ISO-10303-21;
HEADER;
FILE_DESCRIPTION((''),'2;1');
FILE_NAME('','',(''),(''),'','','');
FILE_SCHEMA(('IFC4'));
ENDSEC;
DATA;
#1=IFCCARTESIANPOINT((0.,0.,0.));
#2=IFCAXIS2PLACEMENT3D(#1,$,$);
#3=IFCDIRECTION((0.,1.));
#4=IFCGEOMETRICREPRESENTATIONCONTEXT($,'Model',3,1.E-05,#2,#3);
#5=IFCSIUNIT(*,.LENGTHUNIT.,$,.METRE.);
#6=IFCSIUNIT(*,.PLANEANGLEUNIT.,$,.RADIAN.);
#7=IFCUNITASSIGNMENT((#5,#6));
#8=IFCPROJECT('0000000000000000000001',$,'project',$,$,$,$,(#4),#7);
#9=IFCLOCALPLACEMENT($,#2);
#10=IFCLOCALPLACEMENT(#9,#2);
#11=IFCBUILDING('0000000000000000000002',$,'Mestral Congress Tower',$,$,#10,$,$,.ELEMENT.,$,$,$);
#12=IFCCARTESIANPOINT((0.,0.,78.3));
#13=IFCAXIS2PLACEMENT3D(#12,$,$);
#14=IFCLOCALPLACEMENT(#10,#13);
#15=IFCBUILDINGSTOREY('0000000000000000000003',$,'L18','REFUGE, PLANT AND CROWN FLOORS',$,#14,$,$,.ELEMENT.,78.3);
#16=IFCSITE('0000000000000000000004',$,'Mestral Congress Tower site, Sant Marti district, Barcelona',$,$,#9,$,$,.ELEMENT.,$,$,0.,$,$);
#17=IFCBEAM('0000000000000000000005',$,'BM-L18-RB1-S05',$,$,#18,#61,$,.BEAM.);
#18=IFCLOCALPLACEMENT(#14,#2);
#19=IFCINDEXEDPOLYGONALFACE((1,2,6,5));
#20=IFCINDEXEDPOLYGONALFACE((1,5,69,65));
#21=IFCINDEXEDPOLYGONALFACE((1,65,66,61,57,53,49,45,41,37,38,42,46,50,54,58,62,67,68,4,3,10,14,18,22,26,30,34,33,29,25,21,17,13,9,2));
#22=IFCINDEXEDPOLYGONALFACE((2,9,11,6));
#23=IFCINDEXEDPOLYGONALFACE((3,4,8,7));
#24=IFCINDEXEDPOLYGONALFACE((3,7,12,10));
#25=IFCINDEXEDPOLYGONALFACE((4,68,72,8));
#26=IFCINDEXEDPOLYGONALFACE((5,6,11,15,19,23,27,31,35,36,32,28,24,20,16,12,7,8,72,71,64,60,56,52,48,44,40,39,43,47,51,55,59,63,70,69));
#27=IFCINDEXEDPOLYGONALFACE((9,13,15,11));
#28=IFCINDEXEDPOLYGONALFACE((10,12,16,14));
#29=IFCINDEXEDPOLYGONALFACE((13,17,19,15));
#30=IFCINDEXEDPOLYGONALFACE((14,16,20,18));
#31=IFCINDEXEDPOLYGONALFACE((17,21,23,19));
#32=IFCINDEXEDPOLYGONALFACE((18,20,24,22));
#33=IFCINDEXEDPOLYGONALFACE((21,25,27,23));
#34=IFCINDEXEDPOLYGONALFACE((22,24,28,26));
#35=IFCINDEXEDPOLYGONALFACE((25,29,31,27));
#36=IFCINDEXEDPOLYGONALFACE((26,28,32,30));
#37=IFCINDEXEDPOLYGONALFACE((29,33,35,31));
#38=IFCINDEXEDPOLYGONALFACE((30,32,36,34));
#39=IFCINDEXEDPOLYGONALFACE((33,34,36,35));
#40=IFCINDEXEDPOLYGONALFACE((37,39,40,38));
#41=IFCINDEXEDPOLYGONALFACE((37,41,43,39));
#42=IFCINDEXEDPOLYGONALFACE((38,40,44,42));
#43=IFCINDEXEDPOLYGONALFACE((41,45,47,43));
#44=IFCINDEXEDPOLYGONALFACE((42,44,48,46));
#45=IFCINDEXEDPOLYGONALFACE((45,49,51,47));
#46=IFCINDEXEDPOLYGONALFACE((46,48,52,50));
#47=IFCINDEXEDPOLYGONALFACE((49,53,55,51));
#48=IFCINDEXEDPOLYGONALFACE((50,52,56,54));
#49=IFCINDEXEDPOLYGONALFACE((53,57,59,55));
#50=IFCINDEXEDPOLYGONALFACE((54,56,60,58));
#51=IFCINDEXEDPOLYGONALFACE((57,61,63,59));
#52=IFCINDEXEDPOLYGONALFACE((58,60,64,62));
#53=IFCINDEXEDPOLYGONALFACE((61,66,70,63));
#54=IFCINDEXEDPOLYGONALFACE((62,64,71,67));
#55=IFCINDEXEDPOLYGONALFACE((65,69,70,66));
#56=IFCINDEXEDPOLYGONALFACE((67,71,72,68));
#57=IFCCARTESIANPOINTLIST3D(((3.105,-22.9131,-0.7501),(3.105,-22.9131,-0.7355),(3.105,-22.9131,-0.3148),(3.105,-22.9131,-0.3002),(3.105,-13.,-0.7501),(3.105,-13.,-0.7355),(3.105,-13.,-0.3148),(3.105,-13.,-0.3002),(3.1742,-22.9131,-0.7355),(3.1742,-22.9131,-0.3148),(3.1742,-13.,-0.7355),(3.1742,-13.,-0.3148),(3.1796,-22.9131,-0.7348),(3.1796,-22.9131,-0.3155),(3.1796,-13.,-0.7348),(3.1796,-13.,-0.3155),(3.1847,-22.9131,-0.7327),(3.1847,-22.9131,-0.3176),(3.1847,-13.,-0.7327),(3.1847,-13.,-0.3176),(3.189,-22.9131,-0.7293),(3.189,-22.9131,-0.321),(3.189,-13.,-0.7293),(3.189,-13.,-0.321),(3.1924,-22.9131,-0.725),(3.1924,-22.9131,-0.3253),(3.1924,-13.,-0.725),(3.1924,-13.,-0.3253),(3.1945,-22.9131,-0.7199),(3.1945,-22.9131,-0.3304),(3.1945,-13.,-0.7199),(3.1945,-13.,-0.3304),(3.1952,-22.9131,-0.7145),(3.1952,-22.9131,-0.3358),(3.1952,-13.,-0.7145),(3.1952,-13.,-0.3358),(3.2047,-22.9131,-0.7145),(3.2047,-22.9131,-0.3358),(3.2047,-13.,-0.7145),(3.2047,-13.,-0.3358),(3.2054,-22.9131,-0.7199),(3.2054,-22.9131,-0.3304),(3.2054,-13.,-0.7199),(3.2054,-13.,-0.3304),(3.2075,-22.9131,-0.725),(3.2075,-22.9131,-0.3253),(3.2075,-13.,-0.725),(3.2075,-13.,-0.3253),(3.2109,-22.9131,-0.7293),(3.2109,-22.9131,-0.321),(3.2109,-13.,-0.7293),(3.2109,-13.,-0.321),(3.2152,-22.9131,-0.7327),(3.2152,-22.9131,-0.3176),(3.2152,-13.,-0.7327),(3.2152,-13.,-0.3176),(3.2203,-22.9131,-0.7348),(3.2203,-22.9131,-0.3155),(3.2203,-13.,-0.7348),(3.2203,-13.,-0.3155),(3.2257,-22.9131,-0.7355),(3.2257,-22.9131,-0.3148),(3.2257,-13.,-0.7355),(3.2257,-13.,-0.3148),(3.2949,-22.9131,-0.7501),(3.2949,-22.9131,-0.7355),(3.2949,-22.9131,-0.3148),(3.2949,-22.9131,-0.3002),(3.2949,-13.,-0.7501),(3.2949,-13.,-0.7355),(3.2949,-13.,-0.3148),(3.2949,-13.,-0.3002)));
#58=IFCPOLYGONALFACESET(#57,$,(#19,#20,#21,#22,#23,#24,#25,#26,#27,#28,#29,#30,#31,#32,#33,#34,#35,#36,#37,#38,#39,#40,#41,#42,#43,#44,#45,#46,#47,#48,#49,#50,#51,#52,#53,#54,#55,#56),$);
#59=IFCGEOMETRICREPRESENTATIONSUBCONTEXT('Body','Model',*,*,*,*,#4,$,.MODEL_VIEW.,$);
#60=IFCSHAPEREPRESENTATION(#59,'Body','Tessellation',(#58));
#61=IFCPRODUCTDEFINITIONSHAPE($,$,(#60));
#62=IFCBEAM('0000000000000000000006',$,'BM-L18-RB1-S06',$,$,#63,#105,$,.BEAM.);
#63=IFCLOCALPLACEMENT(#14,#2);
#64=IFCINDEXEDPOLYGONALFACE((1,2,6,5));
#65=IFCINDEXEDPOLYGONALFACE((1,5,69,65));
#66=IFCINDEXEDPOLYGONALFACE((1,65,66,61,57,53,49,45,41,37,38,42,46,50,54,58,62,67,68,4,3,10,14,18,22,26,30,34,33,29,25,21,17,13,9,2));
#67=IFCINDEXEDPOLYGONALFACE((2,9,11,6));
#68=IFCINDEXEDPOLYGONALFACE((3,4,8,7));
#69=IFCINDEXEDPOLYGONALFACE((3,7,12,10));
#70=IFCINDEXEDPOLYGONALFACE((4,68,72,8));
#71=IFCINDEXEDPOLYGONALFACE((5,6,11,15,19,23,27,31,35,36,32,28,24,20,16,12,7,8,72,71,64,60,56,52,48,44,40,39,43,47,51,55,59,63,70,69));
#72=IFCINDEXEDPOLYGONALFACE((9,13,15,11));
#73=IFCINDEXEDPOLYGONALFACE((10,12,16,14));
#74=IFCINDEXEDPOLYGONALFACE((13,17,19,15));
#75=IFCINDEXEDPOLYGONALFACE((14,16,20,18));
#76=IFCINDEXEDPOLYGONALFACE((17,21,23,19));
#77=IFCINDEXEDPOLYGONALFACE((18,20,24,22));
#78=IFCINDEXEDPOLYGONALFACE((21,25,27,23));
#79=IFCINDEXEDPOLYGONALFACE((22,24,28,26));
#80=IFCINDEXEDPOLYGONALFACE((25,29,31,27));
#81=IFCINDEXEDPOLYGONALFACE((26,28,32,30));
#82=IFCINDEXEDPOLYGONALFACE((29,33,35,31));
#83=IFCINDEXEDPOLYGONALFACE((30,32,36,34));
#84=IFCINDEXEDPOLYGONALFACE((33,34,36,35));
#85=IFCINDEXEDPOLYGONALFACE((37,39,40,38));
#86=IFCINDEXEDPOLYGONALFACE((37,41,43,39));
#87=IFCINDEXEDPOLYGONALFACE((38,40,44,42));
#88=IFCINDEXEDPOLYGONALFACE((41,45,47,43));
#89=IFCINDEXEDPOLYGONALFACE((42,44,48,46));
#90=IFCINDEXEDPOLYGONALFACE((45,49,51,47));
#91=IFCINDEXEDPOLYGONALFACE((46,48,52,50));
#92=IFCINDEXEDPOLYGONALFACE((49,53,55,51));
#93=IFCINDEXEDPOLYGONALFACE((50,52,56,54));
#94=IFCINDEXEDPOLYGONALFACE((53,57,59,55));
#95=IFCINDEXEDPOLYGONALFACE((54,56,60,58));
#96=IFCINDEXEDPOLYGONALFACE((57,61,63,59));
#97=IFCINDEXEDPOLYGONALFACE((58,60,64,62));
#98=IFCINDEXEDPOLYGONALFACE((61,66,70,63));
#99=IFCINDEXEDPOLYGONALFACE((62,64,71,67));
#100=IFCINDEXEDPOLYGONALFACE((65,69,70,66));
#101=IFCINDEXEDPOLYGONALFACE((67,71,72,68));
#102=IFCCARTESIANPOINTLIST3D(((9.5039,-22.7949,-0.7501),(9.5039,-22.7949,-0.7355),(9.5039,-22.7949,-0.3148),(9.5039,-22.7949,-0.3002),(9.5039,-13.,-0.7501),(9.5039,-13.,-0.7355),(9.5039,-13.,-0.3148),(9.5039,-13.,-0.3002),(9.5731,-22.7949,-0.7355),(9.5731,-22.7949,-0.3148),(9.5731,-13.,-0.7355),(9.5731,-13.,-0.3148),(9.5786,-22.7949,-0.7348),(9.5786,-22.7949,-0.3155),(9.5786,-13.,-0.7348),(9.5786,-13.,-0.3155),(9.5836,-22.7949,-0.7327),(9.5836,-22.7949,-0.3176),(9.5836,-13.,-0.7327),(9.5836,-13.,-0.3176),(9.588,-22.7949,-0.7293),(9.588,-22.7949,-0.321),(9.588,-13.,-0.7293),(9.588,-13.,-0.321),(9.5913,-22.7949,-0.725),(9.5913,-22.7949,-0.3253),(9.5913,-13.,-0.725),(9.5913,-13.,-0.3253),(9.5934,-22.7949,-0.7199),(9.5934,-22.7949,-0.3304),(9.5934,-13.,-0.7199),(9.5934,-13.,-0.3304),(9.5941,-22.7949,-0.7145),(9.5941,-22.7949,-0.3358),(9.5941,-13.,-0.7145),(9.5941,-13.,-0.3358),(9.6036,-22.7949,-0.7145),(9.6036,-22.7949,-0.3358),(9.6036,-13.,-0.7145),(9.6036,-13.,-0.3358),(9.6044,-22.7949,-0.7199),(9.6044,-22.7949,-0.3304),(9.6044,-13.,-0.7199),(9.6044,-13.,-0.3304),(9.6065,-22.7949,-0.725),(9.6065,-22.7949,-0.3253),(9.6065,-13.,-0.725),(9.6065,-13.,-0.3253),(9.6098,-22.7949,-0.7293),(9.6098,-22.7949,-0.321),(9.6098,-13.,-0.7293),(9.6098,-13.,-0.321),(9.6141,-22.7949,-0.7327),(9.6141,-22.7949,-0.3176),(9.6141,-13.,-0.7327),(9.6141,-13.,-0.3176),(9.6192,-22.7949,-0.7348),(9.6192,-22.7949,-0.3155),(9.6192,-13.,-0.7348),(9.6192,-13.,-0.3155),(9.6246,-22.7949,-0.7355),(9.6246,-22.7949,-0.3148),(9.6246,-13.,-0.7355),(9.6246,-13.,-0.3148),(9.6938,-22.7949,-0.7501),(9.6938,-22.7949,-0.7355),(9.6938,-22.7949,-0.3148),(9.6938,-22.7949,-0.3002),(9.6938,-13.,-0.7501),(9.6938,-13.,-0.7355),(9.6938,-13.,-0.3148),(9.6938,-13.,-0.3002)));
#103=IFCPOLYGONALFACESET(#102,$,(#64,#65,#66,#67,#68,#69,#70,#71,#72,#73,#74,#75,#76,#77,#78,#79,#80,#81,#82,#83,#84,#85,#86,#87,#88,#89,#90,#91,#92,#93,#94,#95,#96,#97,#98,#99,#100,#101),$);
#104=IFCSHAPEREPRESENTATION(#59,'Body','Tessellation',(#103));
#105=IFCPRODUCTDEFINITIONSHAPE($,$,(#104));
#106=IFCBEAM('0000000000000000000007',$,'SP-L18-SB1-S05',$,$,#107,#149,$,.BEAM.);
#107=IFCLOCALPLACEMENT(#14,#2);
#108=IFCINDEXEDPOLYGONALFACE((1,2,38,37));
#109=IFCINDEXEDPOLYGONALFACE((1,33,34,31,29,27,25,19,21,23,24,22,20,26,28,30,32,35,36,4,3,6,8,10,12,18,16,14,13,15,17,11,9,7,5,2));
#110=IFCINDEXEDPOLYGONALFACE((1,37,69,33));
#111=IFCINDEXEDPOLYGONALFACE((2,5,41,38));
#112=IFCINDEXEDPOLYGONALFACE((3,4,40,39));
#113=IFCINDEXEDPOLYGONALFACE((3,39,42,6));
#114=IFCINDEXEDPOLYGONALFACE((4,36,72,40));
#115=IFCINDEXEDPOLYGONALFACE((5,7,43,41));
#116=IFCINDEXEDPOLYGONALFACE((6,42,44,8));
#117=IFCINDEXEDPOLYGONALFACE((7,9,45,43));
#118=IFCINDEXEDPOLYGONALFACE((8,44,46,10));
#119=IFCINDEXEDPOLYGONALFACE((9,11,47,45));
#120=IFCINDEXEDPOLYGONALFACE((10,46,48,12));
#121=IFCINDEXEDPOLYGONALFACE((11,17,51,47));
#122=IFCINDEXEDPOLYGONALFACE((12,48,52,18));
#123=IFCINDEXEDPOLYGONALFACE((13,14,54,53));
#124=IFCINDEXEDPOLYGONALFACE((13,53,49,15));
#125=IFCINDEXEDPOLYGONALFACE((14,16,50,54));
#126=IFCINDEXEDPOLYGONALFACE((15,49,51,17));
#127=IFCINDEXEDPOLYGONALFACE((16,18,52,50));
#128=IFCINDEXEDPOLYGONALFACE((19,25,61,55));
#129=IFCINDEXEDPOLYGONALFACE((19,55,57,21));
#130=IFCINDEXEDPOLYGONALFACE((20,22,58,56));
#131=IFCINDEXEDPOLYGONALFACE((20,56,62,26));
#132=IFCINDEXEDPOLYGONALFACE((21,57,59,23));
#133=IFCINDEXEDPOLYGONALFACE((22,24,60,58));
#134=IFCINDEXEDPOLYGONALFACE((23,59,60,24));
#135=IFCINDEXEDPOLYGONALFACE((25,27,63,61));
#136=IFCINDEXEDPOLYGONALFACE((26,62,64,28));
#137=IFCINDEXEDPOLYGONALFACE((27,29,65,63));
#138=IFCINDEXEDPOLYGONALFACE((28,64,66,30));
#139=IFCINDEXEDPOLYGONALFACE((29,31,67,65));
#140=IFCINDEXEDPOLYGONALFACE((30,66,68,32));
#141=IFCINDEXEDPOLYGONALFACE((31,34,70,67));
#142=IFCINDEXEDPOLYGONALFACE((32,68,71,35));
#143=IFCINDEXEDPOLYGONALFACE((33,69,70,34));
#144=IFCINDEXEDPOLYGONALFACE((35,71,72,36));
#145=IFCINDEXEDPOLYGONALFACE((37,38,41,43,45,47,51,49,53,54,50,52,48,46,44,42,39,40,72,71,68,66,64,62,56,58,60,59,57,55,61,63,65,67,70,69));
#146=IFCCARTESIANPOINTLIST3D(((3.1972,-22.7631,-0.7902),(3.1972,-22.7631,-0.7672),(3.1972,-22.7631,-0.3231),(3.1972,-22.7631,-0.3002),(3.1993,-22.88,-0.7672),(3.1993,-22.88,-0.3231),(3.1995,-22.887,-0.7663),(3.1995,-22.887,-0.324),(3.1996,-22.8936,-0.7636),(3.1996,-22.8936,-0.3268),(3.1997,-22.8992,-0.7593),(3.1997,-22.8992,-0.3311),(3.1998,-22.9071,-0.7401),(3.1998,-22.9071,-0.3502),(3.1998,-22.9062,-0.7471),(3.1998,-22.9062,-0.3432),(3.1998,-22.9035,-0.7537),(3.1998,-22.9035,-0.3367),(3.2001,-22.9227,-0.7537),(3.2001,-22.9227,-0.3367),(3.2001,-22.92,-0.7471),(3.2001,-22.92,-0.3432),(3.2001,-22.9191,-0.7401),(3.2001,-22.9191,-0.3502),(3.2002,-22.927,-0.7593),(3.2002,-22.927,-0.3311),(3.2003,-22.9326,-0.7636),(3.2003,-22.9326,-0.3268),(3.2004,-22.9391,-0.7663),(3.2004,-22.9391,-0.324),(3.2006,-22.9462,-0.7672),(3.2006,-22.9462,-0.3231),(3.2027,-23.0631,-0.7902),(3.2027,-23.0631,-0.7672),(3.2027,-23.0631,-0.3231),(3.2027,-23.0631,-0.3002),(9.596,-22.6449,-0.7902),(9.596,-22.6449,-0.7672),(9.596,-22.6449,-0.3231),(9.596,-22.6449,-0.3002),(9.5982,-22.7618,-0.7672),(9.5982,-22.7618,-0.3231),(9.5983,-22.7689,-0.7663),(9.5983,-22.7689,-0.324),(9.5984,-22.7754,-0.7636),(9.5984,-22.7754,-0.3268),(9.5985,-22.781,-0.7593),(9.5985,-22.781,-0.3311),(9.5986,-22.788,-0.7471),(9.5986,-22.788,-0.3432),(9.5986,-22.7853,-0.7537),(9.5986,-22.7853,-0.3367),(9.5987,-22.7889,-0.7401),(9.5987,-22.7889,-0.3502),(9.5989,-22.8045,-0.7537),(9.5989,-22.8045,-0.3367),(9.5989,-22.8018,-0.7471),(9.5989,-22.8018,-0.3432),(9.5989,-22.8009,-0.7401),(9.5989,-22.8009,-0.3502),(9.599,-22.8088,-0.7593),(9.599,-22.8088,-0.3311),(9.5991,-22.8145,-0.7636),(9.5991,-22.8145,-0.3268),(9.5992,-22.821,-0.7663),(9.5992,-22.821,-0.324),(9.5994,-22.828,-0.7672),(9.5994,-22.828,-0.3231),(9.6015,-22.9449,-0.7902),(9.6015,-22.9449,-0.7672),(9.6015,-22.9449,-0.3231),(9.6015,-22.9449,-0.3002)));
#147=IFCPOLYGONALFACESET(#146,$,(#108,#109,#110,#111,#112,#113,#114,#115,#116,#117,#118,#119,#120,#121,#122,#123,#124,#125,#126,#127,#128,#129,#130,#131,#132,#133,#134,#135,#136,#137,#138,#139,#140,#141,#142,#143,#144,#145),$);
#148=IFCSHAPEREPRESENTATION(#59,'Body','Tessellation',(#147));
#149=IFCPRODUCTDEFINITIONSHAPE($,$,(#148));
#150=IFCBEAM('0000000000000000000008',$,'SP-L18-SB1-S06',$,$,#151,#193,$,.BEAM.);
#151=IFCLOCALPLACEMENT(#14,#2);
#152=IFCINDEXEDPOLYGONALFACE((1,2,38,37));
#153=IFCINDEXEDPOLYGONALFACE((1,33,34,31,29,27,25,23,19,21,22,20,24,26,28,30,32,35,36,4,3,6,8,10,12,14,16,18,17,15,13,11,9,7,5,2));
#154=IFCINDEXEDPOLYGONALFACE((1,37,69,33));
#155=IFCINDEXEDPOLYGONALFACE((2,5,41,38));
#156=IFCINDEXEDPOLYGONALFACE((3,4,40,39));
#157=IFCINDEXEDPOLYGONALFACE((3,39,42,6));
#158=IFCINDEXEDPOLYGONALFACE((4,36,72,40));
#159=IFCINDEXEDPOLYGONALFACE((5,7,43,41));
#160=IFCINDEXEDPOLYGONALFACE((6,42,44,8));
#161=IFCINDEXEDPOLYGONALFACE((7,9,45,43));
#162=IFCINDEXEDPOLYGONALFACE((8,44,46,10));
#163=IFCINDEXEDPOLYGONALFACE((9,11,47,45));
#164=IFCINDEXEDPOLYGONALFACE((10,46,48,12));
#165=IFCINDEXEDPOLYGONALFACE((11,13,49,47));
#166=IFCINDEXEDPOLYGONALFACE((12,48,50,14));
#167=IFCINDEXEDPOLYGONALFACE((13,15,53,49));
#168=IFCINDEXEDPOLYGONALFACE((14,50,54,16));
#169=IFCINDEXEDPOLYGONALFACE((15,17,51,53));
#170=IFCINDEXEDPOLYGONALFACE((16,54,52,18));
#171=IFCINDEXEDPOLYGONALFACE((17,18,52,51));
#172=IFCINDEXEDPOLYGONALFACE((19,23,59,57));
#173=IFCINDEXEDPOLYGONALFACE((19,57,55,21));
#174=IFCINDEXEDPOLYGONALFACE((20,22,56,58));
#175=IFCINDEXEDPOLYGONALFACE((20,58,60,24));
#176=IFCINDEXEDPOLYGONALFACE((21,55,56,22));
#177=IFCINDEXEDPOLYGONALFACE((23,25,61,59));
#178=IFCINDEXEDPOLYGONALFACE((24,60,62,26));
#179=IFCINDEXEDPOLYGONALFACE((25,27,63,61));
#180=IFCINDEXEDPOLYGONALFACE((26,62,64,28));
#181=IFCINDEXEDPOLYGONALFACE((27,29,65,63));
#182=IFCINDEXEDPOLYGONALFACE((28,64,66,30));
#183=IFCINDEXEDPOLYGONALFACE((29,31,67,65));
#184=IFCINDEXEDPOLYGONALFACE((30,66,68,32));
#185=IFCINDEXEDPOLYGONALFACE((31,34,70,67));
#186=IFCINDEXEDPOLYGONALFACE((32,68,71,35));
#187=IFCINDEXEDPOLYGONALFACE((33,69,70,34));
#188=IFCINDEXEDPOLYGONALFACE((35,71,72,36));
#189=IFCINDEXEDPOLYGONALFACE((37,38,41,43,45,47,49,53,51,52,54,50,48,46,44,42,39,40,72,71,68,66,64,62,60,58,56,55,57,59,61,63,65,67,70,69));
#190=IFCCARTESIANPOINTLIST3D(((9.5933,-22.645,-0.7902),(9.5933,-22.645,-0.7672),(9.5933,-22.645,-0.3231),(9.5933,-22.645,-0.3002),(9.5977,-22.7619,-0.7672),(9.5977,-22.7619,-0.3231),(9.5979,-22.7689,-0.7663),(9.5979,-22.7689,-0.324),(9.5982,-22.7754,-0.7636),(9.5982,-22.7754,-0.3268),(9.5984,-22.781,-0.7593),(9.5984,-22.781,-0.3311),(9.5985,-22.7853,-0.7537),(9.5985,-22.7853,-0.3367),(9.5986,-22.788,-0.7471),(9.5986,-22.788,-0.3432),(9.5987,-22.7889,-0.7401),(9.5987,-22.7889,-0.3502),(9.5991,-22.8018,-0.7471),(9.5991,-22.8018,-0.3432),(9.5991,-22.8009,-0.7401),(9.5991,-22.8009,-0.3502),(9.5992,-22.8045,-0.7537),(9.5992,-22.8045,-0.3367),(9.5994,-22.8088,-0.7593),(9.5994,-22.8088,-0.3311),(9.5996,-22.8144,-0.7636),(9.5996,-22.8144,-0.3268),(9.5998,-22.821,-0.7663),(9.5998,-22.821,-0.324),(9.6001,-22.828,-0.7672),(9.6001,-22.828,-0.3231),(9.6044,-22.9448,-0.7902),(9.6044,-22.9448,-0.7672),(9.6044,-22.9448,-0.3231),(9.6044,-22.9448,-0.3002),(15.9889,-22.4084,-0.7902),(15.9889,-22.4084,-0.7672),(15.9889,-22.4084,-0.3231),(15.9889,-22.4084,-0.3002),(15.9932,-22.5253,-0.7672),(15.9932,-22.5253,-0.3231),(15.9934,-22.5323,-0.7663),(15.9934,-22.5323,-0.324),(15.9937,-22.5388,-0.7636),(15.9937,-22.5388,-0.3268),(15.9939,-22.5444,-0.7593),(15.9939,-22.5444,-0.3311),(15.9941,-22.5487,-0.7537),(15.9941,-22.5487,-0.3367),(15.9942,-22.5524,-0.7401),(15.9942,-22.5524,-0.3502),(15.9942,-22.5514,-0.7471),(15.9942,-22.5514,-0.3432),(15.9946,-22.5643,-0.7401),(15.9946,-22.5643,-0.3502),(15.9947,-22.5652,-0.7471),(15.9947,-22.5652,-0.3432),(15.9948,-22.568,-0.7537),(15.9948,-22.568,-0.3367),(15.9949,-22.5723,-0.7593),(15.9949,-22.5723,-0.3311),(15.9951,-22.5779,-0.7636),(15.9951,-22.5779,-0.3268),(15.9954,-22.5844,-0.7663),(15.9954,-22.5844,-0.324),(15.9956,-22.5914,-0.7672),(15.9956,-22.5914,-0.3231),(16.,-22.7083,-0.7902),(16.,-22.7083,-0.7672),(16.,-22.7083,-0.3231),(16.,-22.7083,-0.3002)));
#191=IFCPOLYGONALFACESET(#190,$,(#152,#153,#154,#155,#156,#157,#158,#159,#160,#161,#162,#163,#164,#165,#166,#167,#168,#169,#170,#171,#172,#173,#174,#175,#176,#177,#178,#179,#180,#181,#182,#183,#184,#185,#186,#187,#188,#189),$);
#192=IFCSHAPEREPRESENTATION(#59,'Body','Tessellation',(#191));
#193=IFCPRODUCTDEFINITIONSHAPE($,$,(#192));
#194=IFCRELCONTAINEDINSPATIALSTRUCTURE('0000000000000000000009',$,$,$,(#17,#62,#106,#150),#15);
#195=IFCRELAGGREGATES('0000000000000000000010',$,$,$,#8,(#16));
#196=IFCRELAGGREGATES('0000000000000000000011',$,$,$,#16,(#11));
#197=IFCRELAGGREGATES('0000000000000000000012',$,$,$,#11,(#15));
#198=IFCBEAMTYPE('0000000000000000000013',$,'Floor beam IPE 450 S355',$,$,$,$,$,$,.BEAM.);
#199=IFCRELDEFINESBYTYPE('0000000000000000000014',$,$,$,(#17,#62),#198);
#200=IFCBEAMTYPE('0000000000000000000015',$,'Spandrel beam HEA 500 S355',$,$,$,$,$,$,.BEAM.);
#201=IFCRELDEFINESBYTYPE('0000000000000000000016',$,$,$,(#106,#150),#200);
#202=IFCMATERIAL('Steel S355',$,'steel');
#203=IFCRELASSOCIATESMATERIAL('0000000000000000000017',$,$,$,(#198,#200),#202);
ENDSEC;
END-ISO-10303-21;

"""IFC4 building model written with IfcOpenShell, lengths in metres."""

from ifc_helpers import new_model, si_unit, direction, frame, origin, origin_2d, place, context, subcontext, project, spatial, i_section, extrude, material, material_profile, profile_set, type_object, element, save


model = new_model("IFC4")

# Units and contexts
model_context = context("Model", 3, precision=1e-05, world=origin(), true_north=direction((0.0, 1.0)))
body_context = subcontext(model_context, "Body", "Model", "MODEL_VIEW")
ifc_project = project(units=[si_unit("LENGTHUNIT", "METRE"), si_unit("PLANEANGLEUNIT", "RADIAN")], contexts=[model_context])

# Site, building, storey
site_placement = place(None, origin())
site = spatial("IfcSite", under=ifc_project, at=site_placement, Name="Mestral Congress Tower site, Sant Marti district, Barcelona", CompositionType="ELEMENT", RefElevation=0.0)
building_placement = place(site_placement, origin())
building = spatial("IfcBuilding", under=site, at=building_placement, Name="Mestral Congress Tower", CompositionType="ELEMENT")
storey_placement = place(building_placement, frame((0.0, 0.0, 78.3)))
storey = spatial("IfcBuildingStorey", under=building, at=storey_placement, Name="L18", Description="REFUGE, PLANT AND CROWN FLOORS", CompositionType="ELEMENT", Elevation=78.3)

# Shared definitions
ifc_material_1 = material(Name="Steel S355", Category="steel")

# Beams
ifc_material_profile_1 = material_profile(ifc_material_1, i_section(OverallWidth=0.1899, OverallDepth=0.45, WebThickness=0.0095, FlangeThickness=0.0146, FilletRadius=0.021, at=origin_2d()), Name="IPE 450")
ifc_profile_set_1 = profile_set([ifc_material_profile_1], Name="Steel S355")
beam_type_1 = type_object("IfcBeamType", Name="Floor beam IPE 450 S355", PredefinedType="BEAM", material=ifc_profile_set_1)
beam_1_placement = place(storey_placement, frame((3.2, -22.9131, -0.5251), z_axis=(0.0, 1.0, 0.0), x_axis=(-1.0, 0.0, 0.0)))
element("IfcBeam", 1, at=beam_1_placement, inside=storey, type_object=beam_type_1, Name="BM-L18-RB1-S05", PredefinedType="BEAM", context=body_context, shape_type="SweptSolid", body=[
    extrude(i_section(OverallWidth=0.1899, OverallDepth=0.45, WebThickness=0.0095, FlangeThickness=0.0146, FilletRadius=0.021, at=origin_2d()), origin(), (0.0, 0.0, 1.0), 9.9131),
])
beam_2_placement = place(storey_placement, frame((9.5989, -22.7949, -0.5251), z_axis=(0.0, 1.0, 0.0), x_axis=(-1.0, 0.0, 0.0)))
element("IfcBeam", 2, at=beam_2_placement, inside=storey, type_object=beam_type_1, Name="BM-L18-RB1-S06", PredefinedType="BEAM", context=body_context, shape_type="SweptSolid", body=[
    extrude(i_section(OverallWidth=0.1899, OverallDepth=0.45, WebThickness=0.0095, FlangeThickness=0.0146, FilletRadius=0.021, at=origin_2d()), origin(), (0.0, 0.0, 1.0), 9.7949),
])
ifc_material_profile_2 = material_profile(ifc_material_1, i_section(OverallWidth=0.3, OverallDepth=0.49, WebThickness=0.012, FlangeThickness=0.0229, FilletRadius=0.0271, at=origin_2d()), Name="HEA 500")
ifc_profile_set_2 = profile_set([ifc_material_profile_2], Name="Steel S355")
beam_type_2 = type_object("IfcBeamType", Name="Spandrel beam HEA 500 S355", PredefinedType="BEAM", material=ifc_profile_set_2)
for number, where, z_axis, x_axis, name in (
    (3, (3.2, -22.9131, -0.5452), (0.99983, 0.018463, 0.0), (-0.018463, 0.99983, 0.0), "SP-L18-SB1-S05"),
    (4, (9.5989, -22.7949, -0.5452), (0.999317, 0.036965, 0.0), (-0.036965, 0.999317, 0.0), "SP-L18-SB1-S06"),
):
    element("IfcBeam", number, at=place(storey_placement, frame(where, z_axis=z_axis, x_axis=x_axis)), inside=storey, type_object=beam_type_2, Name=name, PredefinedType="BEAM", context=body_context, shape_type="SweptSolid", body=[
        extrude(i_section(OverallWidth=0.3, OverallDepth=0.49, WebThickness=0.012, FlangeThickness=0.0229, FilletRadius=0.0271, at=origin_2d()), origin(), (0.0, 0.0, 1.0), 6.3999),
    ])

save(model, "model.ifc")
